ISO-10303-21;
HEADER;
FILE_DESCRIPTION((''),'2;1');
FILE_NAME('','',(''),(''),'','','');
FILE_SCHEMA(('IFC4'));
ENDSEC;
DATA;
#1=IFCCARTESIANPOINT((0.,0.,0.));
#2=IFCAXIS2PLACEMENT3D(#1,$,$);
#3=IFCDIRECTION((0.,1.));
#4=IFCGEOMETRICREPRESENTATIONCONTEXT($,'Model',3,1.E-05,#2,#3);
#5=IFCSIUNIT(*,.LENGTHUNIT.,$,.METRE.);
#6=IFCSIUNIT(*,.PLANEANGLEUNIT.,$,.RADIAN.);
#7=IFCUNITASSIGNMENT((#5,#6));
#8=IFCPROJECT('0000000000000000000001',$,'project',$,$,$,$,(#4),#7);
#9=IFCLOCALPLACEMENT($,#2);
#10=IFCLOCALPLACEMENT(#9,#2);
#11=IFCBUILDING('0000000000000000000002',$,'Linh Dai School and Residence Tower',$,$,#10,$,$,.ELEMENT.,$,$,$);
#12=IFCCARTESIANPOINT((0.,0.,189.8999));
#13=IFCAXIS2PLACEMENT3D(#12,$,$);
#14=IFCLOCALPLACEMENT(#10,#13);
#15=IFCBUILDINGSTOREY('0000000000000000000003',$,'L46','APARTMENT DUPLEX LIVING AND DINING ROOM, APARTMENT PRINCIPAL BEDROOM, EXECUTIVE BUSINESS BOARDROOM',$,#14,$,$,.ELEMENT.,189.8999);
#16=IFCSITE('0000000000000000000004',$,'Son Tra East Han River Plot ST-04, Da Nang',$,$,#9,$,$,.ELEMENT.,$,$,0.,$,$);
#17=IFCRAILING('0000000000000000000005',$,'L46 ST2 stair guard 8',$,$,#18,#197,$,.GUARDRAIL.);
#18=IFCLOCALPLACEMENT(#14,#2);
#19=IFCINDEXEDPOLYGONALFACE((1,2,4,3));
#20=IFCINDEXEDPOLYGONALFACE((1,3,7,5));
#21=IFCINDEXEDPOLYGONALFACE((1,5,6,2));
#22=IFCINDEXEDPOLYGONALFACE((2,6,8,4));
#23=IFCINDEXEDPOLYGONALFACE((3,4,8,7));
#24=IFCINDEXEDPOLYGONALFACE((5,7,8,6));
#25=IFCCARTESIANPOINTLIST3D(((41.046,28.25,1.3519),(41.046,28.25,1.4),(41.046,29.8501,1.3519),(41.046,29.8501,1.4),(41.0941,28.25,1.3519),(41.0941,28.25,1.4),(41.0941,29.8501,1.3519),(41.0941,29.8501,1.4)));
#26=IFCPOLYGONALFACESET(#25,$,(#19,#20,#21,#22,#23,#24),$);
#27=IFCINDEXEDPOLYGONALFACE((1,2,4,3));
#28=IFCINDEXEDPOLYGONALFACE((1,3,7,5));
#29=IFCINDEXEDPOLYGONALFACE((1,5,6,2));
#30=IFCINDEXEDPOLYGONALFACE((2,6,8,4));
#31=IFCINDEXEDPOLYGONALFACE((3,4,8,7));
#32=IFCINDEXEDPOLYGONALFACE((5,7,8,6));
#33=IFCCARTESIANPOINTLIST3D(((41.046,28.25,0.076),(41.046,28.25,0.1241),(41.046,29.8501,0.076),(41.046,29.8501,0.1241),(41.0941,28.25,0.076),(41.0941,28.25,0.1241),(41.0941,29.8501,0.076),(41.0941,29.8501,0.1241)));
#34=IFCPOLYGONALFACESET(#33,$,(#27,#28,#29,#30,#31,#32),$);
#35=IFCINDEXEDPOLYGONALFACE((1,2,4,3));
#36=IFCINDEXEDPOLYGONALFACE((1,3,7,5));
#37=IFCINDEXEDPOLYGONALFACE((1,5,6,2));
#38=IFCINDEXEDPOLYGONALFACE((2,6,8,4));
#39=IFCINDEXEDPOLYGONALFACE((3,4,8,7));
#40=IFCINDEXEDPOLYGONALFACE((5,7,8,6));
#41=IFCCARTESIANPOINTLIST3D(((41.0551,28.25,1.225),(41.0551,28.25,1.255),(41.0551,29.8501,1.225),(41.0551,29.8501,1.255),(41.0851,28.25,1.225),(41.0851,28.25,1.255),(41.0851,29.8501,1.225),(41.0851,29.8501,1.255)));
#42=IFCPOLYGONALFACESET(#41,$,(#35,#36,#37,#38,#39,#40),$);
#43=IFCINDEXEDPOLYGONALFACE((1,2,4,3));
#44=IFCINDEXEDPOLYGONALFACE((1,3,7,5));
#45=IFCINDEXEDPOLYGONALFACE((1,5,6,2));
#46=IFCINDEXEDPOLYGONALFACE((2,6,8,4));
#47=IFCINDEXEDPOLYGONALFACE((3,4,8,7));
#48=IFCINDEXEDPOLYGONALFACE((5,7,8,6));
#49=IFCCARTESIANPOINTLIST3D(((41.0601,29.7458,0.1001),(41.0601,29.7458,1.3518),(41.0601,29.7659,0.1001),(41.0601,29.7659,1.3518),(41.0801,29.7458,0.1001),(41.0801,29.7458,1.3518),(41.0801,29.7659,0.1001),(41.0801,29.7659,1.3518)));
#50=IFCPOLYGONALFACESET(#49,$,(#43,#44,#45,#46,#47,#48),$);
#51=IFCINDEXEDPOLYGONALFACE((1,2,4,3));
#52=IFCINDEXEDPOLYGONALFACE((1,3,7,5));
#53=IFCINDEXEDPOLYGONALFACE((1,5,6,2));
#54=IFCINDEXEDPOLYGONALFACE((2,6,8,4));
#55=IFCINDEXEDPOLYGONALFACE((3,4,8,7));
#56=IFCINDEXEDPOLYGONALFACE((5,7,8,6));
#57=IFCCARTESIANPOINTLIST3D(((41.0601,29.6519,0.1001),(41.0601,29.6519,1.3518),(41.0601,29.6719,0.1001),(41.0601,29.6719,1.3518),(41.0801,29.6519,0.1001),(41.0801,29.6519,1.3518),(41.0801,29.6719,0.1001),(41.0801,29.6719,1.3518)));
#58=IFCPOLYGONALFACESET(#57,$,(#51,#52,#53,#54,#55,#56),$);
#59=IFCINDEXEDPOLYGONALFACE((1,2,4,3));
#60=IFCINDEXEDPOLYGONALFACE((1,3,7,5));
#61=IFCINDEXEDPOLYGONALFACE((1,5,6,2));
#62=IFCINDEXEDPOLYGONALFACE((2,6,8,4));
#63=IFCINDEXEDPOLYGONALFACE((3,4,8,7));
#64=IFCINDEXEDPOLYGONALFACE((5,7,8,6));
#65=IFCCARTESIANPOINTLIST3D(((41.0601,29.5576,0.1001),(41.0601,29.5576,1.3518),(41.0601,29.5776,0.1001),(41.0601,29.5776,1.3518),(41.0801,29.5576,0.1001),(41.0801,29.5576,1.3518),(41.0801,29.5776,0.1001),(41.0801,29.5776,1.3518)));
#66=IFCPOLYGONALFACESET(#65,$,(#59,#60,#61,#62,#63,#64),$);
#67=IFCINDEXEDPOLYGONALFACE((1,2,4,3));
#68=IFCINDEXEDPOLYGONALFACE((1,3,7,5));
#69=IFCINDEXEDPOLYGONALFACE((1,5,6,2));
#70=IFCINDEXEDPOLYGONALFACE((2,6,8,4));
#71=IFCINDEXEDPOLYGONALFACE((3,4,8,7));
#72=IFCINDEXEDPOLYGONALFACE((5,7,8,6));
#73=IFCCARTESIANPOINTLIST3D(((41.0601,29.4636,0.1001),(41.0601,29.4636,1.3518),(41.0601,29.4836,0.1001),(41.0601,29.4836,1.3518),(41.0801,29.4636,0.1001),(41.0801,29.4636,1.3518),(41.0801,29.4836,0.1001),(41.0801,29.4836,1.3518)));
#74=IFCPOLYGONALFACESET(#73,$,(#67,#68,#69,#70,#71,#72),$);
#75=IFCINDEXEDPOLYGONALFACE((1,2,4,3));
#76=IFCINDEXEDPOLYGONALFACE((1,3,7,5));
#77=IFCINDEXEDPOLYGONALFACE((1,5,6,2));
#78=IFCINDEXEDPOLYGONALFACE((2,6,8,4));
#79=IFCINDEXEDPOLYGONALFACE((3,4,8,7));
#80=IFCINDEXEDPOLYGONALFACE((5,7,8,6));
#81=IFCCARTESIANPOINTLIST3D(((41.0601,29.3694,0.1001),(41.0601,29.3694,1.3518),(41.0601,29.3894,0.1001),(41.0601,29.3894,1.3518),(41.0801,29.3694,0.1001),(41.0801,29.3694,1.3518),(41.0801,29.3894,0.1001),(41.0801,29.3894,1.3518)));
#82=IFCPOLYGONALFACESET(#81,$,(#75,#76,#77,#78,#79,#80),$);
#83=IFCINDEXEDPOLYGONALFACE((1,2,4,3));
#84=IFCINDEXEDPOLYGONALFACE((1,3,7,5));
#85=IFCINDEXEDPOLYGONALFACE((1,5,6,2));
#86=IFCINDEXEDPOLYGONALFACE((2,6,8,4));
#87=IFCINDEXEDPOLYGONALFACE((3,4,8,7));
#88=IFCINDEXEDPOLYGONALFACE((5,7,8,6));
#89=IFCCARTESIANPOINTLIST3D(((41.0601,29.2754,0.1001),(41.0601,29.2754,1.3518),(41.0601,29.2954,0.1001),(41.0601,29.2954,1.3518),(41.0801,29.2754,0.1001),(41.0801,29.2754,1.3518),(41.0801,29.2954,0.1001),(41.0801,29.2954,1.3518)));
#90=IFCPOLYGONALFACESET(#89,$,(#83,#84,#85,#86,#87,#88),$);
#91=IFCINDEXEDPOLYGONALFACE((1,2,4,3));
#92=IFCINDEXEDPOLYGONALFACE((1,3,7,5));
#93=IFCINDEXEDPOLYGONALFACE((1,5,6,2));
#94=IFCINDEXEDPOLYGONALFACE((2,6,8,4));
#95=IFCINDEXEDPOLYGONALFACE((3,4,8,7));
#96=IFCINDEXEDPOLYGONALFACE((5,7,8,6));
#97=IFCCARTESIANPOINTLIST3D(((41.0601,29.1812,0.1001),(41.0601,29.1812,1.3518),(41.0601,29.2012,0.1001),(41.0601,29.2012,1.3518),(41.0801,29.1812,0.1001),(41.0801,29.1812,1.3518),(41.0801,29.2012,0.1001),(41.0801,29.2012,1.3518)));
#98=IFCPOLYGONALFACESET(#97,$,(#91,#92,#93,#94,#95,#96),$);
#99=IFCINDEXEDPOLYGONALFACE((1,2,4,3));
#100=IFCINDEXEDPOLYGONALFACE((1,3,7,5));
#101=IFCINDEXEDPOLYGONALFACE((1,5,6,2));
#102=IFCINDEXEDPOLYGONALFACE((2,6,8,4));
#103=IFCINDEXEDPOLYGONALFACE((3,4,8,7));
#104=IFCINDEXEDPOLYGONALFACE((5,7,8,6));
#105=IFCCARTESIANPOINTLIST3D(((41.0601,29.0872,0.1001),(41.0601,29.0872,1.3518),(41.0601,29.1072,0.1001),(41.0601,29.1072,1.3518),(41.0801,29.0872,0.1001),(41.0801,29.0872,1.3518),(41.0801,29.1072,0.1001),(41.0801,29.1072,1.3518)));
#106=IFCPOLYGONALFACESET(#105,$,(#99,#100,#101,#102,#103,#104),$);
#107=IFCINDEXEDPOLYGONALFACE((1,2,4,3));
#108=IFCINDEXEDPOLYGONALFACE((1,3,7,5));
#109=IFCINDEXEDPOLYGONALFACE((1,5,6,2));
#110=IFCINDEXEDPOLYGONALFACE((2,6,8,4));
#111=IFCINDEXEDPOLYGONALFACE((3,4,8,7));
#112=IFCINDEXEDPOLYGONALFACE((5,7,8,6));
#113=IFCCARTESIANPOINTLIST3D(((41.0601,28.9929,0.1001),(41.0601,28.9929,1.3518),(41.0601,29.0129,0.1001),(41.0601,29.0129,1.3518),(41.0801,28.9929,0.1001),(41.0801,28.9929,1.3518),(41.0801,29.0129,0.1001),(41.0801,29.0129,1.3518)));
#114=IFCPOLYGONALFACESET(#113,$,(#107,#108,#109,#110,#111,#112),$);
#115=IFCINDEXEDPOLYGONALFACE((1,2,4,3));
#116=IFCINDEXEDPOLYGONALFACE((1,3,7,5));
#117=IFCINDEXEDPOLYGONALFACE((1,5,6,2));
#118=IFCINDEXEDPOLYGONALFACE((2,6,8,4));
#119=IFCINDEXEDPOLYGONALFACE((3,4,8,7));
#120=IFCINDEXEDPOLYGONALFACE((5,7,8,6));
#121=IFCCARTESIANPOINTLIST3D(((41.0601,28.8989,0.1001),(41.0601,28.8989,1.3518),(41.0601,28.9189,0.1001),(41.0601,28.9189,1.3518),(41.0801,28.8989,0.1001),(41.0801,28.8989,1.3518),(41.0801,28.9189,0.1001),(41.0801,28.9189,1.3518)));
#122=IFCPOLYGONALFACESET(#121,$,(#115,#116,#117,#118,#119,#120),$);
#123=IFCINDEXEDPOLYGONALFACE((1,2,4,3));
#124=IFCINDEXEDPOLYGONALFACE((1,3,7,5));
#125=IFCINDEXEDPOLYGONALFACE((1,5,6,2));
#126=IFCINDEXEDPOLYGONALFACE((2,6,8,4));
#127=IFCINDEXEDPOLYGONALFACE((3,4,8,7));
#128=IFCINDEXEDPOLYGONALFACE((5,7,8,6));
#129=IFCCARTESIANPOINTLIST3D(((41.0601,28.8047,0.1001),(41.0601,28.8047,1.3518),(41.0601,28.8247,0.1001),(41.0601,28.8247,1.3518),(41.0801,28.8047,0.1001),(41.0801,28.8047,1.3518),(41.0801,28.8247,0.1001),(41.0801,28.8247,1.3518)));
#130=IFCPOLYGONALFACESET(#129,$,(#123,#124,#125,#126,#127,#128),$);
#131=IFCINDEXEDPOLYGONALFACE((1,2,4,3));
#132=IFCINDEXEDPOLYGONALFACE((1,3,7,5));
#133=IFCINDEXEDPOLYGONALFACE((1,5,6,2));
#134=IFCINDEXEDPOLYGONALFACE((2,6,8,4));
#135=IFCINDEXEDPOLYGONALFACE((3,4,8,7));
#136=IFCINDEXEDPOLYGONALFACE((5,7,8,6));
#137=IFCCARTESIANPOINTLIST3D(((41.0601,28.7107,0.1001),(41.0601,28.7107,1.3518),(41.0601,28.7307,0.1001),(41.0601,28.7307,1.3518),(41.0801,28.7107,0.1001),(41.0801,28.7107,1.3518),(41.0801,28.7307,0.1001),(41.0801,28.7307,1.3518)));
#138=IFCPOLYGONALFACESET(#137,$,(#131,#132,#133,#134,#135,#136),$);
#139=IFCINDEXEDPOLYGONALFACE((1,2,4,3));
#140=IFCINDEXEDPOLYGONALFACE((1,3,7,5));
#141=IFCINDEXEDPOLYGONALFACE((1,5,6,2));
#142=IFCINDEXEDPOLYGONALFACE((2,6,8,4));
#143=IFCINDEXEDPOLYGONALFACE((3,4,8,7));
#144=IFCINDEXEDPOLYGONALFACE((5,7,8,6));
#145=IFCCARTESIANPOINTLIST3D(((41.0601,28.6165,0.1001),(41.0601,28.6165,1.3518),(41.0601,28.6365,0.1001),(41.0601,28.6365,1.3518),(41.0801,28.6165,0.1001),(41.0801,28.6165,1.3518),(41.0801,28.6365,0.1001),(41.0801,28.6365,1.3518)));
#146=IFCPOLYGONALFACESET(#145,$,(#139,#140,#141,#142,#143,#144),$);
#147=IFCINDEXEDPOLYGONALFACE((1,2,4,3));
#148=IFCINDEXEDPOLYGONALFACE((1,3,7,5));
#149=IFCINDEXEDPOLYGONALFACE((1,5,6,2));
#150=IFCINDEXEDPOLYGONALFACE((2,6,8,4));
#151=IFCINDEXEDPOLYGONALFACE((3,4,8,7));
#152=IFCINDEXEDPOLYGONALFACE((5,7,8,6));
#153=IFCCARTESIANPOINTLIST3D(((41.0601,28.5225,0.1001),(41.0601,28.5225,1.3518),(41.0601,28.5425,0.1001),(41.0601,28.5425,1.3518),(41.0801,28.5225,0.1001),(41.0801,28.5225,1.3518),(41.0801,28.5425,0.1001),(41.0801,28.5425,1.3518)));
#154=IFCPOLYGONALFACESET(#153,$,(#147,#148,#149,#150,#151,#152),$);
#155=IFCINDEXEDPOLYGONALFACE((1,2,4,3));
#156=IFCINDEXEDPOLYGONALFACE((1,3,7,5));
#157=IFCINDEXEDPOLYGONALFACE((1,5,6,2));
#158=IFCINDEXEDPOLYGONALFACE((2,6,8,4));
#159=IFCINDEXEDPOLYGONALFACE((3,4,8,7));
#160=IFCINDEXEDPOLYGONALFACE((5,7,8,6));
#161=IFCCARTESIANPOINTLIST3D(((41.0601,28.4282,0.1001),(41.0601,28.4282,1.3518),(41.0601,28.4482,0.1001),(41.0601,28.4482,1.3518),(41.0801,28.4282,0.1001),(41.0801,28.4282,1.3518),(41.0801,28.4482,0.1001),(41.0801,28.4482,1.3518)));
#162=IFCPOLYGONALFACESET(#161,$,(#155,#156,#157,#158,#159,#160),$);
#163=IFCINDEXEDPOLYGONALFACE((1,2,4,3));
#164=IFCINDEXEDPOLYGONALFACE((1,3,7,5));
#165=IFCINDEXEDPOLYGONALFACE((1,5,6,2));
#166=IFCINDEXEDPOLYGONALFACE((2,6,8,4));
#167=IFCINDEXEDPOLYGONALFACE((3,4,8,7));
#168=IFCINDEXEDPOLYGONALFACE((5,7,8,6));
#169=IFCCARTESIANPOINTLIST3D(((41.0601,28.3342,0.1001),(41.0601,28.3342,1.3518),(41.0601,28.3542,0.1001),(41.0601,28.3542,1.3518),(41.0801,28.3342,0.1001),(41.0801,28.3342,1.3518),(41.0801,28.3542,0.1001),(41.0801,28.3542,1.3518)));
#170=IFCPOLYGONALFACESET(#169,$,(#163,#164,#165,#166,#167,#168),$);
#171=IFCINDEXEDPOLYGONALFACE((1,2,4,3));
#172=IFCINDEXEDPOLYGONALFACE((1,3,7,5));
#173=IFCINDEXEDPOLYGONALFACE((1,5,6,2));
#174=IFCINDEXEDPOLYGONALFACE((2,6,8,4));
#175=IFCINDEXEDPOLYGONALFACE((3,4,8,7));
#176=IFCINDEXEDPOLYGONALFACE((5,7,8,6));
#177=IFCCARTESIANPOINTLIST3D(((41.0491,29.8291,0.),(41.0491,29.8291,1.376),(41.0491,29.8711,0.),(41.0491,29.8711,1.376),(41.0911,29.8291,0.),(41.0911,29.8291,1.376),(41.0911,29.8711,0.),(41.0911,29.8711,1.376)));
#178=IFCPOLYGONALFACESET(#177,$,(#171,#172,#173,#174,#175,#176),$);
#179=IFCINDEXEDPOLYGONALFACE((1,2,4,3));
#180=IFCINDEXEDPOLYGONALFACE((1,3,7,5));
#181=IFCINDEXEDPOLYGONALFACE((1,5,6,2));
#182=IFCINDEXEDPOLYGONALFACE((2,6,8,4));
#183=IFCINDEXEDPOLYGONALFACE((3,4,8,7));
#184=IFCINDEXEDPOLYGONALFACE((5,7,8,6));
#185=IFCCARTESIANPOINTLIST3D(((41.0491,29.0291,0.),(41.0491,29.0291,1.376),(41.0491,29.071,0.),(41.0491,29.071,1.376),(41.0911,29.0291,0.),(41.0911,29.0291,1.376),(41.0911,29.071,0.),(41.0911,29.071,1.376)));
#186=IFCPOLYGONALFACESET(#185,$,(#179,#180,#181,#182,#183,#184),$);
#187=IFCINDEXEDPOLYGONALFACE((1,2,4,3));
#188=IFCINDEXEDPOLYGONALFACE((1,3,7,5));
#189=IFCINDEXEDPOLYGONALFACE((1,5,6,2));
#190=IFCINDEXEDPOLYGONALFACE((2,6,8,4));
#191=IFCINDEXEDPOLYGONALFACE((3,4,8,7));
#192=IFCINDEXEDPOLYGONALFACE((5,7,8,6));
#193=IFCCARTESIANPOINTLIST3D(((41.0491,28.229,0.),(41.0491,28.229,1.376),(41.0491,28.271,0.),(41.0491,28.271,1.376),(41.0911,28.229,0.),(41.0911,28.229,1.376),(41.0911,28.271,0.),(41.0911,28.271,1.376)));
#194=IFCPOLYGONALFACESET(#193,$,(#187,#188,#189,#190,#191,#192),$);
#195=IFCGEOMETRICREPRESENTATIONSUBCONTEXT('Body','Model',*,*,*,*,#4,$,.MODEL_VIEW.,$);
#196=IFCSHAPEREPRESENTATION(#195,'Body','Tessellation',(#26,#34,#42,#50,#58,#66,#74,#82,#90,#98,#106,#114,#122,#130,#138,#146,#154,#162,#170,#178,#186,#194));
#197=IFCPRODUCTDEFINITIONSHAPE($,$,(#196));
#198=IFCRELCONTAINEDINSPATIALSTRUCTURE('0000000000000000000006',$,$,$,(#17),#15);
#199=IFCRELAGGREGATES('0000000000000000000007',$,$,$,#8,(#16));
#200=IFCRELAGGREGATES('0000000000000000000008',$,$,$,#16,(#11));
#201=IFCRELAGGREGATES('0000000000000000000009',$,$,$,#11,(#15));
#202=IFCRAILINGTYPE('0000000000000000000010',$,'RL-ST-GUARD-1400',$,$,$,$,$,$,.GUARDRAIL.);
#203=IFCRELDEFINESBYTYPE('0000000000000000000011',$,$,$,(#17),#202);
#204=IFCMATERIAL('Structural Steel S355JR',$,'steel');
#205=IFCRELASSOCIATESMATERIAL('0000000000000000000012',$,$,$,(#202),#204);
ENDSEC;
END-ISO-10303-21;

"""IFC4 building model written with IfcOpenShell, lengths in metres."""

from ifc_helpers import new_model, si_unit, direction, frame, origin, origin_2d, place, context, subcontext, project, spatial, rectangle, extrude, source, transform, mapped, material, type_object, element, save


model = new_model("IFC4")

# Units and contexts
model_context = context("Model", 3, precision=1e-05, world=origin(), true_north=direction((0.0, 1.0)))
body_context = subcontext(model_context, "Body", "Model", "MODEL_VIEW")
ifc_project = project(units=[si_unit("LENGTHUNIT", "METRE"), si_unit("PLANEANGLEUNIT", "RADIAN")], contexts=[model_context])

# Site, building, storey
site_placement = place(None, origin())
site = spatial("IfcSite", under=ifc_project, at=site_placement, Name="Son Tra East Han River Plot ST-04, Da Nang", CompositionType="ELEMENT", RefElevation=0.0)
building_placement = place(site_placement, origin())
building = spatial("IfcBuilding", under=site, at=building_placement, Name="Linh Dai School and Residence Tower", CompositionType="ELEMENT")
storey_placement = place(building_placement, frame((0.0, 0.0, 189.8999)))
storey = spatial("IfcBuildingStorey", under=building, at=storey_placement, Name="L46", Description="APARTMENT DUPLEX LIVING AND DINING ROOM, APARTMENT PRINCIPAL BEDROOM, EXECUTIVE BUSINESS BOARDROOM", CompositionType="ELEMENT", Elevation=189.8999)

# Shared definitions
ifc_material_1 = material(Name="Structural Steel S355JR", Category="steel")

# Railing
railing_type_1 = type_object("IfcRailingType", Name="RL-ST-GUARD-1400", PredefinedType="GUARDRAIL", material=ifc_material_1)
shared_shape_1 = source(origin(), body_context, "Body", "SweptSolid", [
    extrude(rectangle(XDim=0.0481, YDim=0.0481, at=origin_2d()), frame((0.0, 0.0, 1.376), z_axis=(0.0, -1.0, 0.0), x_axis=(1.0, 0.0, 0.0)), (0.0, 0.0, 1.0), 1.6001),
    extrude(rectangle(XDim=0.0481, YDim=0.0481, at=origin_2d()), frame((0.0, 0.0, 0.1001), z_axis=(0.0, -1.0, 0.0), x_axis=(1.0, 0.0, 0.0)), (0.0, 0.0, 1.0), 1.6001),
    extrude(rectangle(XDim=0.03, YDim=0.03, at=origin_2d()), frame((0.0, 0.0, 1.24), z_axis=(0.0, -1.0, 0.0), x_axis=(1.0, 0.0, 0.0)), (0.0, 0.0, 1.0), 1.6001),
    extrude(rectangle(XDim=0.02, YDim=0.02, at=origin_2d()), frame((0.0, -0.0942, 0.1001)), (0.0, 0.0, 1.0), 1.2517),
    extrude(rectangle(XDim=0.02, YDim=0.02, at=origin_2d()), frame((0.0, -0.1882, 0.1001)), (0.0, 0.0, 1.0), 1.2517),
    extrude(rectangle(XDim=0.02, YDim=0.02, at=origin_2d()), frame((0.0, -0.2825, 0.1001)), (0.0, 0.0, 1.0), 1.2517),
    extrude(rectangle(XDim=0.02, YDim=0.02, at=origin_2d()), frame((0.0, -0.3765, 0.1001)), (0.0, 0.0, 1.0), 1.2517),
    extrude(rectangle(XDim=0.02, YDim=0.02, at=origin_2d()), frame((0.0, -0.4707, 0.1001)), (0.0, 0.0, 1.0), 1.2517),
    extrude(rectangle(XDim=0.02, YDim=0.02, at=origin_2d()), frame((0.0, -0.5647, 0.1001)), (0.0, 0.0, 1.0), 1.2517),
    extrude(rectangle(XDim=0.02, YDim=0.02, at=origin_2d()), frame((0.0, -0.6589, 0.1001)), (0.0, 0.0, 1.0), 1.2517),
    extrude(rectangle(XDim=0.02, YDim=0.02, at=origin_2d()), frame((0.0, -0.7529, 0.1001)), (0.0, 0.0, 1.0), 1.2517),
    extrude(rectangle(XDim=0.02, YDim=0.02, at=origin_2d()), frame((0.0, -0.8472, 0.1001)), (0.0, 0.0, 1.0), 1.2517),
    extrude(rectangle(XDim=0.02, YDim=0.02, at=origin_2d()), frame((0.0, -0.9412, 0.1001)), (0.0, 0.0, 1.0), 1.2517),
    extrude(rectangle(XDim=0.02, YDim=0.02, at=origin_2d()), frame((0.0, -1.0354, 0.1001)), (0.0, 0.0, 1.0), 1.2517),
    extrude(rectangle(XDim=0.02, YDim=0.02, at=origin_2d()), frame((0.0, -1.1294, 0.1001)), (0.0, 0.0, 1.0), 1.2517),
    extrude(rectangle(XDim=0.02, YDim=0.02, at=origin_2d()), frame((0.0, -1.2236, 0.1001)), (0.0, 0.0, 1.0), 1.2517),
    extrude(rectangle(XDim=0.02, YDim=0.02, at=origin_2d()), frame((0.0, -1.3176, 0.1001)), (0.0, 0.0, 1.0), 1.2517),
    extrude(rectangle(XDim=0.02, YDim=0.02, at=origin_2d()), frame((0.0, -1.4119, 0.1001)), (0.0, 0.0, 1.0), 1.2517),
    extrude(rectangle(XDim=0.02, YDim=0.02, at=origin_2d()), frame((0.0, -1.5059, 0.1001)), (0.0, 0.0, 1.0), 1.2517),
    extrude(rectangle(XDim=0.042, YDim=0.042, at=origin_2d()), origin(), (0.0, 0.0, 1.0), 1.376),
    extrude(rectangle(XDim=0.042, YDim=0.042, at=origin_2d()), frame((0.0, -0.8, 0.0)), (0.0, 0.0, 1.0), 1.376),
    extrude(rectangle(XDim=0.042, YDim=0.042, at=origin_2d()), frame((0.0, -1.6001, 0.0)), (0.0, 0.0, 1.0), 1.376),
])
for number, where, name in (
    (1, (41.0701, 29.8501, 0.0), "L46 ST2 stair guard 8"),
):
    element("IfcRailing", number, at=place(storey_placement, frame(where)), inside=storey, type_object=railing_type_1, Name=name, PredefinedType="GUARDRAIL", context=body_context, shape_type="MappedRepresentation", body=[
        mapped(shared_shape_1, transform((0.0, 0.0, 0.0), x_axis=(1.0, 0.0, 0.0), y_axis=(0.0, 1.0, 0.0), z_axis=(0.0, 0.0, 1.0), scale=1.0)),
    ])

save(model, "model.ifc")
